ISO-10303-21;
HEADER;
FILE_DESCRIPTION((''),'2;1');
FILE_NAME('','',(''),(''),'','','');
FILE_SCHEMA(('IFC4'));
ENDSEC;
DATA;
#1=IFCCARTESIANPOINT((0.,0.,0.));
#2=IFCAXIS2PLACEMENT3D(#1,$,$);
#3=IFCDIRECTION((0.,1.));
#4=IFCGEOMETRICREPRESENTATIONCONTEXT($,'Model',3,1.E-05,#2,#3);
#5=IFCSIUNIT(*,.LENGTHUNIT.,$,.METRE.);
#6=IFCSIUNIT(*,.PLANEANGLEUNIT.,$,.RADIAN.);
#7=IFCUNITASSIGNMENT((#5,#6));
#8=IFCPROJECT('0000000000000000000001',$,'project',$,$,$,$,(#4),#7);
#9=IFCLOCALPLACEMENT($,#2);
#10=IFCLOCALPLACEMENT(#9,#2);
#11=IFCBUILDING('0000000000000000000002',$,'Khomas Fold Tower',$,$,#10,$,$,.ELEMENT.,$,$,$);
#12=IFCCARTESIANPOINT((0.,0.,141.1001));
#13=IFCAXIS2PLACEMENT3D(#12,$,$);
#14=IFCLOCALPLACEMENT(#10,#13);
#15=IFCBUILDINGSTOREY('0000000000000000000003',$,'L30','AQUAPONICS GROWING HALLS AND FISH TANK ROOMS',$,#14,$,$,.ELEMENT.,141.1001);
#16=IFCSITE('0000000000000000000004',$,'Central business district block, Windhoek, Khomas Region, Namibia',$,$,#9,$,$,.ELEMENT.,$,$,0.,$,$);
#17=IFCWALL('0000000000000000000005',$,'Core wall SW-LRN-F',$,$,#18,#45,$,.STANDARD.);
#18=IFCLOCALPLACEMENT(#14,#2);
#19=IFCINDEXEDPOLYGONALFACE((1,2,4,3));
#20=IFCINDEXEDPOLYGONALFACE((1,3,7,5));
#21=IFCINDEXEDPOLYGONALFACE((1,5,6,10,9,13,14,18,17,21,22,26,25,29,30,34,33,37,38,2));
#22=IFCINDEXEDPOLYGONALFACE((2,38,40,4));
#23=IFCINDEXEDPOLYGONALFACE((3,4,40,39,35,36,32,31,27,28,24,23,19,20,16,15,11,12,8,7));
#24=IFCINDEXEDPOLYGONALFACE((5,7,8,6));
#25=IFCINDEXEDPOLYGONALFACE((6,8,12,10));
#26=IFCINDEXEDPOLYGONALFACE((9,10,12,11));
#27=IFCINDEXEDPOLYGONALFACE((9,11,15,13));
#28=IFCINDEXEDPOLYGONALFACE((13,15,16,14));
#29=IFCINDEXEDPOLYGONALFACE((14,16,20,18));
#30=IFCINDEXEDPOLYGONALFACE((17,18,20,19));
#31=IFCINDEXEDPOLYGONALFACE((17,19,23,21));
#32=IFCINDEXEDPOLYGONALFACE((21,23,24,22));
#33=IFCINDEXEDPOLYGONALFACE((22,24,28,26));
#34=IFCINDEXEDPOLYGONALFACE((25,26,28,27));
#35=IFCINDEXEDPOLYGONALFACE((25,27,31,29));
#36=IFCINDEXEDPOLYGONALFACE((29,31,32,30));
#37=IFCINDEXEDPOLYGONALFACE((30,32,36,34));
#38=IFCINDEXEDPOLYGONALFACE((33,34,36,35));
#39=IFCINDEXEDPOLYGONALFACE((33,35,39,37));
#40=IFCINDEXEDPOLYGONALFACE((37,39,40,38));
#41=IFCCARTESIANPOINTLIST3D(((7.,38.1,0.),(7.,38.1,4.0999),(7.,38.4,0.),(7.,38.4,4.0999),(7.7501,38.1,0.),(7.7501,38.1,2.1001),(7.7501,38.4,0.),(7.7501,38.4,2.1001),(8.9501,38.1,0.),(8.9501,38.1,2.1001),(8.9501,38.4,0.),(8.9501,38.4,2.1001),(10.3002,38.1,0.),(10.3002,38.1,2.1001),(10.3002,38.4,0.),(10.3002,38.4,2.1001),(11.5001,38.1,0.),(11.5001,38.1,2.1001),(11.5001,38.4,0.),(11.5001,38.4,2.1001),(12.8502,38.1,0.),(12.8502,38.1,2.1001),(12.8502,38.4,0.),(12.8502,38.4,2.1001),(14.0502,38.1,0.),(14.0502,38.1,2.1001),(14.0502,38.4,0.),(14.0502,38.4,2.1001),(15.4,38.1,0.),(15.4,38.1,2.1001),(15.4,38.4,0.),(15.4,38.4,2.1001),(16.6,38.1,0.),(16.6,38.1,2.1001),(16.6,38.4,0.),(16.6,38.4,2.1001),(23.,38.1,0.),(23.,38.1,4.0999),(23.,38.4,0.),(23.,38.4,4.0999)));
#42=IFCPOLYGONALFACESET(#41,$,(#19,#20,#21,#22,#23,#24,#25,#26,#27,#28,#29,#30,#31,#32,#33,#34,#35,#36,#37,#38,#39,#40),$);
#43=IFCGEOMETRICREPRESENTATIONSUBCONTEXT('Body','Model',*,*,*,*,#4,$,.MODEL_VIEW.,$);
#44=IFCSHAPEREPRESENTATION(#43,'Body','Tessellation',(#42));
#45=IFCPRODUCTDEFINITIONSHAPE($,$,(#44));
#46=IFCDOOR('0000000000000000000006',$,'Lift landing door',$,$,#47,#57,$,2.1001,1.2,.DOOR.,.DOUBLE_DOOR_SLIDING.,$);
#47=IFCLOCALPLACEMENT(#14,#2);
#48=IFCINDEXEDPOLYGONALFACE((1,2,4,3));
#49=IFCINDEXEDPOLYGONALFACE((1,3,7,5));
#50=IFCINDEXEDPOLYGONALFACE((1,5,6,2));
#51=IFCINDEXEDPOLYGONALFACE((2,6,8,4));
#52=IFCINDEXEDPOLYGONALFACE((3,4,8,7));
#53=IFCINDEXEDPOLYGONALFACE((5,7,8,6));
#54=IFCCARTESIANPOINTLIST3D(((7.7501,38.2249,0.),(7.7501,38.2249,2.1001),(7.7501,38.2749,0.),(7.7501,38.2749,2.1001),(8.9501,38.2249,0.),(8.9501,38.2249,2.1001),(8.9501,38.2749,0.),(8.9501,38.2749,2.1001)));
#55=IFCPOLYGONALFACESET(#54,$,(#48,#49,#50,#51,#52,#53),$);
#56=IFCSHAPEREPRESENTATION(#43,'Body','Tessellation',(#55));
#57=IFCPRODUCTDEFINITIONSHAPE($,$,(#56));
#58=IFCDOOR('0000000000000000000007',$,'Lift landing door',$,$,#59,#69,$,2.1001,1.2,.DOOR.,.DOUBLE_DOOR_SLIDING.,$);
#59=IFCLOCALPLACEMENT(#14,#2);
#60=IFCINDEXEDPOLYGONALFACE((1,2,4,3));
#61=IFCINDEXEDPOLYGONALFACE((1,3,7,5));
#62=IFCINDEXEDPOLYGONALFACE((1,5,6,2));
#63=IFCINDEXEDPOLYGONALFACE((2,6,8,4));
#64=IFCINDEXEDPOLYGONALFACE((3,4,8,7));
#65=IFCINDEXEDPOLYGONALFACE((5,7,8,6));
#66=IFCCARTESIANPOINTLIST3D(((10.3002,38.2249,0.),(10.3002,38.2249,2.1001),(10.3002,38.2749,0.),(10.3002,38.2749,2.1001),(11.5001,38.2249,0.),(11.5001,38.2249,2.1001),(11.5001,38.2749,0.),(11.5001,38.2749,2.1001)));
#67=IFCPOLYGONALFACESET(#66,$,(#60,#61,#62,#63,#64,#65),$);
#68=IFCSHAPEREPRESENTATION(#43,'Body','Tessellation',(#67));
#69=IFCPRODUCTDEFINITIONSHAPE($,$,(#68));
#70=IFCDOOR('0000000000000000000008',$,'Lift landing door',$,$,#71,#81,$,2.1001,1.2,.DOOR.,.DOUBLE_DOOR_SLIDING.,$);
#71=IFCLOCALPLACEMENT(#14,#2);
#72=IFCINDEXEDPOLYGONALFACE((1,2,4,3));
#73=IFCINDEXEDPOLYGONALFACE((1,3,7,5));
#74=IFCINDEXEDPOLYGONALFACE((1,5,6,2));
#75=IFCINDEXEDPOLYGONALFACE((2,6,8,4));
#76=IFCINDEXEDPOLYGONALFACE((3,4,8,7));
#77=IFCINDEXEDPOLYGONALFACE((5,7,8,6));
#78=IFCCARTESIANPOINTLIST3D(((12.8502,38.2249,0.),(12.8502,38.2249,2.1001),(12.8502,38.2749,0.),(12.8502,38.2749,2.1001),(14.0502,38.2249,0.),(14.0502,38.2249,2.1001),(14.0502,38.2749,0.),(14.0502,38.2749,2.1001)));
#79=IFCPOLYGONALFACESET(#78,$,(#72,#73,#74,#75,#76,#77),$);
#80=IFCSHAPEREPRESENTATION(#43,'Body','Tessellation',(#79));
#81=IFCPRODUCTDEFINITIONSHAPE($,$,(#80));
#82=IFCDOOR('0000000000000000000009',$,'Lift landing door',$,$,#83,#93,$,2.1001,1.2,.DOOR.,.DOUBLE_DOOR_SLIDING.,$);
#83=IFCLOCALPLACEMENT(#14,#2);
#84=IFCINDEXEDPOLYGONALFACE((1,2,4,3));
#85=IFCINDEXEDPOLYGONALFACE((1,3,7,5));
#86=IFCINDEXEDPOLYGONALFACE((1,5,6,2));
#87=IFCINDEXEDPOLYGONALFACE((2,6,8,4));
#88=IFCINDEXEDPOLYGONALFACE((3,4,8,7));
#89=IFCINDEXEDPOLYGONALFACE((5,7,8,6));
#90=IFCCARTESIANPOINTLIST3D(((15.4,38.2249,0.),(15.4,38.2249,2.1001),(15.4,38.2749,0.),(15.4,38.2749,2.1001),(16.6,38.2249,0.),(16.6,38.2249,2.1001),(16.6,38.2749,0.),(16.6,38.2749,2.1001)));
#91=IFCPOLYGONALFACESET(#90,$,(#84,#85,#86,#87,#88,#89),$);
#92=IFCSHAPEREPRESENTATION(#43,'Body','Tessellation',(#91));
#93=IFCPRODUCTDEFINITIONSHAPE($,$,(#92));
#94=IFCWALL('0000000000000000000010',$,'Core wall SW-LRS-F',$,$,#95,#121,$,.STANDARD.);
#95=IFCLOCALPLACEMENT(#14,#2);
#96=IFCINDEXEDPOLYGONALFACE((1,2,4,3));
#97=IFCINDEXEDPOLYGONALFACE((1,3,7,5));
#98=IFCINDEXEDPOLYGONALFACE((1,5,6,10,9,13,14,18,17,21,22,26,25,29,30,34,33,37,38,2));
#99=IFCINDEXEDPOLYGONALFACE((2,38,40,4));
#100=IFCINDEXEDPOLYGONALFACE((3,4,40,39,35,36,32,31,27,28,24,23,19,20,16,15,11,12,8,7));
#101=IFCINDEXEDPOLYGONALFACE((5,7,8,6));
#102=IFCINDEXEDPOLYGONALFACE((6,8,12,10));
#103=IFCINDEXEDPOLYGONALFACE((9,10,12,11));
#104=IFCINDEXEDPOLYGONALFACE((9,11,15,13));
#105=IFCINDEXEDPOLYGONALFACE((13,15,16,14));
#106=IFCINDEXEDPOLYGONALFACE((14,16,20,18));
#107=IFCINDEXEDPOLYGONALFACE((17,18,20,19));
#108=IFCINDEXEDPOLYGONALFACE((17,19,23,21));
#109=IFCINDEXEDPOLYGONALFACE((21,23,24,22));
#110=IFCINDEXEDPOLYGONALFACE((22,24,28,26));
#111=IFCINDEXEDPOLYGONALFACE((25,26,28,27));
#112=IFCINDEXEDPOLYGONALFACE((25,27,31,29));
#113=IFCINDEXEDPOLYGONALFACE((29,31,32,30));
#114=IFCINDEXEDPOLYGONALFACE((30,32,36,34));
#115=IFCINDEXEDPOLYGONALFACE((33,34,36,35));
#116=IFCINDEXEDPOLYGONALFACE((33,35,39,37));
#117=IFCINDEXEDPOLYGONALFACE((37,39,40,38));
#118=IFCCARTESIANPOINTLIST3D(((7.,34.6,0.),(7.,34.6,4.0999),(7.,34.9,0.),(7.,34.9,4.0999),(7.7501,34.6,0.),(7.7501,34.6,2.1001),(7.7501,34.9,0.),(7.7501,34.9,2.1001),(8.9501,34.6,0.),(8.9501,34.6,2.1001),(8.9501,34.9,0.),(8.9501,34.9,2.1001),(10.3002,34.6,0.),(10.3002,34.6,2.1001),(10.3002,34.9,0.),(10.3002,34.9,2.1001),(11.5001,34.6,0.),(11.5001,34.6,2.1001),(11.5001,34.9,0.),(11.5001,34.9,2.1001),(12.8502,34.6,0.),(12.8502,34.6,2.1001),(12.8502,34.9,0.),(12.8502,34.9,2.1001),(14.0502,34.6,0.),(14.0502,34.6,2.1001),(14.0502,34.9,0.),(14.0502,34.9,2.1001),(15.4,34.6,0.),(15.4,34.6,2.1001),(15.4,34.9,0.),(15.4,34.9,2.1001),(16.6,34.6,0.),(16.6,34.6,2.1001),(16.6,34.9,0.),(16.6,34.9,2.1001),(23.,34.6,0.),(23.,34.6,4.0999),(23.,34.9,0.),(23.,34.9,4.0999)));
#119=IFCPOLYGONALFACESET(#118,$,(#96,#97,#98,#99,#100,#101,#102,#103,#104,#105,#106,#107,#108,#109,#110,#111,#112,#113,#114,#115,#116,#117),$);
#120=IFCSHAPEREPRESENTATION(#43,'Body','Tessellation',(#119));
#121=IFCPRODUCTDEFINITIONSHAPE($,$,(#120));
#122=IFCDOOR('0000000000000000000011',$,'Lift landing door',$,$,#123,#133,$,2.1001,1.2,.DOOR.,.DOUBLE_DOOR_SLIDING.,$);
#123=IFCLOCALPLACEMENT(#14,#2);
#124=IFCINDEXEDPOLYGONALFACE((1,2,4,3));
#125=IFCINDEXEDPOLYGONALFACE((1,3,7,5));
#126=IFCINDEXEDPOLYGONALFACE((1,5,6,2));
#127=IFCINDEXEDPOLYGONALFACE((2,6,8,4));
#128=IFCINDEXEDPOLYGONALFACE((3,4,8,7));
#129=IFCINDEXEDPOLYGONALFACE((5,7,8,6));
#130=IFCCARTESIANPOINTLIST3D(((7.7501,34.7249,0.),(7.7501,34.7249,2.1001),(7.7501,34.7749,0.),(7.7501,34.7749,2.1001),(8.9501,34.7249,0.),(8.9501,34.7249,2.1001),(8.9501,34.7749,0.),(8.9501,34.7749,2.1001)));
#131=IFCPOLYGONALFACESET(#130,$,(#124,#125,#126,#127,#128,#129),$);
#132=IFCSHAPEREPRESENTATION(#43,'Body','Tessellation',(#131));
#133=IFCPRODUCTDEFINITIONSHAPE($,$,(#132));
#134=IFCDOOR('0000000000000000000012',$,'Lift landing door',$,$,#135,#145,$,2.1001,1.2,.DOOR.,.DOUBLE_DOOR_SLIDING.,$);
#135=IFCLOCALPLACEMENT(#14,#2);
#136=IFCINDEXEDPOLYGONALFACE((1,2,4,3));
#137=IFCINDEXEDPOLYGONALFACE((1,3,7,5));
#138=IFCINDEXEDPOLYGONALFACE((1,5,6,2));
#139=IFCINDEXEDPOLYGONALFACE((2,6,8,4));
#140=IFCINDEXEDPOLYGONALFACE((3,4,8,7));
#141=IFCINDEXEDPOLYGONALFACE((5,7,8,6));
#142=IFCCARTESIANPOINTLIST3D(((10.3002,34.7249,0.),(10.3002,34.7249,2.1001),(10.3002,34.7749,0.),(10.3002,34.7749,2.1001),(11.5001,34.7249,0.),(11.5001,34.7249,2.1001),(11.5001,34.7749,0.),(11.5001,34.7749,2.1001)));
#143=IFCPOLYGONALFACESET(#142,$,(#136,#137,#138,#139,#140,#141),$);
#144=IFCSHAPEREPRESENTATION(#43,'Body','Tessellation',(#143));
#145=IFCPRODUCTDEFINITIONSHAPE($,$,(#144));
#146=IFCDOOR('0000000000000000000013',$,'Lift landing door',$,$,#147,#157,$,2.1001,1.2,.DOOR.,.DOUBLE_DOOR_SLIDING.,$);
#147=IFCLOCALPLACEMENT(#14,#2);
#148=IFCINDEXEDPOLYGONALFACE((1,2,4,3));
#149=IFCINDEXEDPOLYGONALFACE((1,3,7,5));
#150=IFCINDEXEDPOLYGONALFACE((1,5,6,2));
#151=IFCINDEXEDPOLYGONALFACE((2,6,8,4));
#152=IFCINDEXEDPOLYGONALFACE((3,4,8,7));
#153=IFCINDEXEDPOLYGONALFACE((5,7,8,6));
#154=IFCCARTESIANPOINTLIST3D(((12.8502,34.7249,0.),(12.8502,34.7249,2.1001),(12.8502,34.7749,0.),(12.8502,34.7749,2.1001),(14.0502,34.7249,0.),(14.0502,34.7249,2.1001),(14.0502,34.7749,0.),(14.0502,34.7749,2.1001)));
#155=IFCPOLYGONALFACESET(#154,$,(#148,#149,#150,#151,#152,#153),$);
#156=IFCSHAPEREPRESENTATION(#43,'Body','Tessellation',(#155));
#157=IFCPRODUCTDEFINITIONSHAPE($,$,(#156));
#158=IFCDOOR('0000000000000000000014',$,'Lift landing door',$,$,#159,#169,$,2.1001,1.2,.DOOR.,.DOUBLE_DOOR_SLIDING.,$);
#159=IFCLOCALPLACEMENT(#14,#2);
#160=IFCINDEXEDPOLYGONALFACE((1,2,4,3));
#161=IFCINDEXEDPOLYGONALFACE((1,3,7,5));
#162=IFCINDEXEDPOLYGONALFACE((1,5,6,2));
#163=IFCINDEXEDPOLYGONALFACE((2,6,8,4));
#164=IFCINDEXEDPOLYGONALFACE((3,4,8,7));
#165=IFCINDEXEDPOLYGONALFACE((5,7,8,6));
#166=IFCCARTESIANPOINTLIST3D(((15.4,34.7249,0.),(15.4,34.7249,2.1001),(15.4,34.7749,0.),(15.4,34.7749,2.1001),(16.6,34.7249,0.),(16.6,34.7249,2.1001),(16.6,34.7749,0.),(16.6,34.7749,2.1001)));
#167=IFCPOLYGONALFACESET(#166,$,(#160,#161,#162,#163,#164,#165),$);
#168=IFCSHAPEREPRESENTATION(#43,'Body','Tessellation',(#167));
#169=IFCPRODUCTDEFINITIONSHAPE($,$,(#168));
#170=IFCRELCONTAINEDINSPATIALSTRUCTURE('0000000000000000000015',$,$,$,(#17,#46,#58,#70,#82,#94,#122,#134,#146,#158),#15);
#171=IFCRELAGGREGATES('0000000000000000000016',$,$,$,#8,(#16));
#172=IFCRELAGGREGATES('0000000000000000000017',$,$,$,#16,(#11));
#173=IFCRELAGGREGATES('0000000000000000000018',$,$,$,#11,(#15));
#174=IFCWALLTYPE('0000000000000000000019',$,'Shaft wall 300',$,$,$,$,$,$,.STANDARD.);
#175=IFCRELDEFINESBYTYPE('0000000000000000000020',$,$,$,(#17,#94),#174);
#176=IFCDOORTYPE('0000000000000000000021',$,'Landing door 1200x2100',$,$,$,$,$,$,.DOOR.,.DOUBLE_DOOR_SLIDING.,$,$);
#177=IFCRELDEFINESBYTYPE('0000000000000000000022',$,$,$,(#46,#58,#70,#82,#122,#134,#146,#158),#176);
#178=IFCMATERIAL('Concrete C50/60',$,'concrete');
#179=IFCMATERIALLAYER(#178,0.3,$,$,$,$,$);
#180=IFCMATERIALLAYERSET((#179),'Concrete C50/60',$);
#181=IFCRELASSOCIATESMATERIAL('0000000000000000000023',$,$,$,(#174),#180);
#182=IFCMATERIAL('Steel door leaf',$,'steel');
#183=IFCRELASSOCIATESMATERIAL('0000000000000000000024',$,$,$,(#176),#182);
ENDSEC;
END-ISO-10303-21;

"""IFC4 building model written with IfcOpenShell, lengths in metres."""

from ifc_helpers import new_model, si_unit, direction, frame, frame_2d, origin, place, context, subcontext, project, spatial, rectangle, extrude, source, transform, mapped, material, layer, layer_set, type_object, element, fill, save


model = new_model("IFC4")

# Units and contexts
model_context = context("Model", 3, precision=1e-05, world=origin(), true_north=direction((0.0, 1.0)))
body_context = subcontext(model_context, "Body", "Model", "MODEL_VIEW")
ifc_project = project(units=[si_unit("LENGTHUNIT", "METRE"), si_unit("PLANEANGLEUNIT", "RADIAN")], contexts=[model_context])

# Site, building, storey
site_placement = place(None, origin())
site = spatial("IfcSite", under=ifc_project, at=site_placement, Name="Central business district block, Windhoek, Khomas Region, Namibia", CompositionType="ELEMENT", RefElevation=0.0)
building_placement = place(site_placement, origin())
building = spatial("IfcBuilding", under=site, at=building_placement, Name="Khomas Fold Tower", CompositionType="ELEMENT")
storey_placement = place(building_placement, frame((0.0, 0.0, 141.1001)))
storey = spatial("IfcBuildingStorey", under=building, at=storey_placement, Name="L30", Description="AQUAPONICS GROWING HALLS AND FISH TANK ROOMS", CompositionType="ELEMENT", Elevation=141.1001)

# Shared definitions
shared_shape_1 = source(origin(), body_context, "Body", "SweptSolid", [
    extrude(rectangle(XDim=1.2, YDim=2.1001, at=frame_2d((0.6001, 1.05))), frame((0.0, 0.0249, 0.0), z_axis=(0.0, -1.0, 0.0), x_axis=(1.0, 0.0, 0.0)), (0.0, 0.0, 1.0), 0.05),
])

# Shared definitions
ifc_material_1 = material(Name="Concrete C50/60", Category="concrete")
ifc_layer_1 = layer(ifc_material_1, 0.3)
ifc_layer_set_1 = layer_set([ifc_layer_1], Name="Concrete C50/60")
wall_type_1 = type_object("IfcWallType", Name="Shaft wall 300", PredefinedType="STANDARD", material=ifc_layer_set_1)
shared_shape_2 = source(origin(), body_context, "Body", "SweptSolid", [
    extrude(rectangle(XDim=16.0, YDim=0.3, at=frame_2d((8.0, 0.0))), origin(), (0.0, 0.0, 1.0), 4.0999),
])

# Walls, openings, doors
wall_1_placement = place(storey_placement, frame((7.0, 38.25, 0.0), z_axis=(0.0, 0.0, 1.0), x_axis=(1.0, 0.0, 0.0)))
wall_1 = element("IfcWall", 1, at=wall_1_placement, inside=storey, type_object=wall_type_1, Name="Core wall SW-LRN-F", PredefinedType="STANDARD", context=body_context, shape_type="MappedRepresentation", body=[
    mapped(shared_shape_2, transform((0.0, 0.0, 0.0))),
])
shared_shape_3 = source(origin(), body_context, "Body", "SweptSolid", [
    extrude(rectangle(XDim=1.2, YDim=2.1001, at=frame_2d((0.6001, 1.05))), frame((0.0, 0.1599, 0.0), z_axis=(0.0, -1.0, 0.0), x_axis=(1.0, 0.0, 0.0)), (0.0, 0.0, 1.0), 0.3201),
])
opening_1_placement = place(wall_1_placement, frame((0.75, 0.0, 0.0)))
opening_1 = element("IfcOpeningElement", 2, at=opening_1_placement, cuts=wall_1, PredefinedType="OPENING", context=body_context, shape_type="MappedRepresentation", body=[
    mapped(shared_shape_3, transform((0.0, 0.0, 0.0))),
])
opening_2_placement = place(wall_1_placement, frame((3.3, 0.0, 0.0)))
opening_2 = element("IfcOpeningElement", 3, at=opening_2_placement, cuts=wall_1, PredefinedType="OPENING", context=body_context, shape_type="MappedRepresentation", body=[
    mapped(shared_shape_3, transform((0.0, 0.0, 0.0))),
])
opening_3_placement = place(wall_1_placement, frame((5.8501, 0.0, 0.0)))
opening_3 = element("IfcOpeningElement", 4, at=opening_3_placement, cuts=wall_1, PredefinedType="OPENING", context=body_context, shape_type="MappedRepresentation", body=[
    mapped(shared_shape_3, transform((0.0, 0.0, 0.0))),
])
opening_4_placement = place(wall_1_placement, frame((8.3999, 0.0, 0.0)))
opening_4 = element("IfcOpeningElement", 5, at=opening_4_placement, cuts=wall_1, PredefinedType="OPENING", context=body_context, shape_type="MappedRepresentation", body=[
    mapped(shared_shape_3, transform((0.0, 0.0, 0.0))),
])
ifc_material_2 = material(Name="Steel door leaf", Category="steel")
door_type_1 = type_object("IfcDoorType", Name="Landing door 1200x2100", OperationType="DOUBLE_DOOR_SLIDING", PredefinedType="DOOR", material=ifc_material_2)
door_1_placement = place(opening_1_placement, origin())
door_1 = element("IfcDoor", 6, at=door_1_placement, inside=storey, type_object=door_type_1, Name="Lift landing door", OperationType="DOUBLE_DOOR_SLIDING", OverallHeight=2.1001, OverallWidth=1.2, PredefinedType="DOOR", context=body_context, shape_type="MappedRepresentation", body=[
    mapped(shared_shape_1, transform((0.0, 0.0, 0.0))),
])
fill(opening_1, door_1)
door_2_placement = place(opening_2_placement, origin())
door_2 = element("IfcDoor", 7, at=door_2_placement, inside=storey, type_object=door_type_1, Name="Lift landing door", OperationType="DOUBLE_DOOR_SLIDING", OverallHeight=2.1001, OverallWidth=1.2, PredefinedType="DOOR", context=body_context, shape_type="MappedRepresentation", body=[
    mapped(shared_shape_1, transform((0.0, 0.0, 0.0))),
])
fill(opening_2, door_2)
door_3_placement = place(opening_3_placement, origin())
door_3 = element("IfcDoor", 8, at=door_3_placement, inside=storey, type_object=door_type_1, Name="Lift landing door", OperationType="DOUBLE_DOOR_SLIDING", OverallHeight=2.1001, OverallWidth=1.2, PredefinedType="DOOR", context=body_context, shape_type="MappedRepresentation", body=[
    mapped(shared_shape_1, transform((0.0, 0.0, 0.0))),
])
fill(opening_3, door_3)
door_4_placement = place(opening_4_placement, origin())
door_4 = element("IfcDoor", 9, at=door_4_placement, inside=storey, type_object=door_type_1, Name="Lift landing door", OperationType="DOUBLE_DOOR_SLIDING", OverallHeight=2.1001, OverallWidth=1.2, PredefinedType="DOOR", context=body_context, shape_type="MappedRepresentation", body=[
    mapped(shared_shape_1, transform((0.0, 0.0, 0.0))),
])
fill(opening_4, door_4)
wall_2_placement = place(storey_placement, frame((7.0, 34.75, 0.0), z_axis=(0.0, 0.0, 1.0), x_axis=(1.0, 0.0, 0.0)))
wall_2 = element("IfcWall", 10, at=wall_2_placement, inside=storey, type_object=wall_type_1, Name="Core wall SW-LRS-F", PredefinedType="STANDARD", context=body_context, shape_type="MappedRepresentation", body=[
    mapped(shared_shape_2, transform((0.0, 0.0, 0.0))),
])
opening_5_placement = place(wall_2_placement, frame((0.75, 0.0, 0.0)))
opening_5 = element("IfcOpeningElement", 11, at=opening_5_placement, cuts=wall_2, PredefinedType="OPENING", context=body_context, shape_type="MappedRepresentation", body=[
    mapped(shared_shape_3, transform((0.0, 0.0, 0.0))),
])
opening_6_placement = place(wall_2_placement, frame((3.3, 0.0, 0.0)))
opening_6 = element("IfcOpeningElement", 12, at=opening_6_placement, cuts=wall_2, PredefinedType="OPENING", context=body_context, shape_type="MappedRepresentation", body=[
    mapped(shared_shape_3, transform((0.0, 0.0, 0.0))),
])
opening_7_placement = place(wall_2_placement, frame((5.8501, 0.0, 0.0)))
opening_7 = element("IfcOpeningElement", 13, at=opening_7_placement, cuts=wall_2, PredefinedType="OPENING", context=body_context, shape_type="MappedRepresentation", body=[
    mapped(shared_shape_3, transform((0.0, 0.0, 0.0))),
])
opening_8_placement = place(wall_2_placement, frame((8.3999, 0.0, 0.0)))
opening_8 = element("IfcOpeningElement", 14, at=opening_8_placement, cuts=wall_2, PredefinedType="OPENING", context=body_context, shape_type="MappedRepresentation", body=[
    mapped(shared_shape_3, transform((0.0, 0.0, 0.0))),
])
door_5_placement = place(opening_5_placement, origin())
door_5 = element("IfcDoor", 15, at=door_5_placement, inside=storey, type_object=door_type_1, Name="Lift landing door", OperationType="DOUBLE_DOOR_SLIDING", OverallHeight=2.1001, OverallWidth=1.2, PredefinedType="DOOR", context=body_context, shape_type="MappedRepresentation", body=[
    mapped(shared_shape_1, transform((0.0, 0.0, 0.0))),
])
fill(opening_5, door_5)
door_6_placement = place(opening_6_placement, origin())
door_6 = element("IfcDoor", 16, at=door_6_placement, inside=storey, type_object=door_type_1, Name="Lift landing door", OperationType="DOUBLE_DOOR_SLIDING", OverallHeight=2.1001, OverallWidth=1.2, PredefinedType="DOOR", context=body_context, shape_type="MappedRepresentation", body=[
    mapped(shared_shape_1, transform((0.0, 0.0, 0.0))),
])
fill(opening_6, door_6)
door_7_placement = place(opening_7_placement, origin())
door_7 = element("IfcDoor", 17, at=door_7_placement, inside=storey, type_object=door_type_1, Name="Lift landing door", OperationType="DOUBLE_DOOR_SLIDING", OverallHeight=2.1001, OverallWidth=1.2, PredefinedType="DOOR", context=body_context, shape_type="MappedRepresentation", body=[
    mapped(shared_shape_1, transform((0.0, 0.0, 0.0))),
])
fill(opening_7, door_7)
door_8_placement = place(opening_8_placement, origin())
door_8 = element("IfcDoor", 18, at=door_8_placement, inside=storey, type_object=door_type_1, Name="Lift landing door", OperationType="DOUBLE_DOOR_SLIDING", OverallHeight=2.1001, OverallWidth=1.2, PredefinedType="DOOR", context=body_context, shape_type="MappedRepresentation", body=[
    mapped(shared_shape_1, transform((0.0, 0.0, 0.0))),
])
fill(opening_8, door_8)

save(model, "model.ifc")
